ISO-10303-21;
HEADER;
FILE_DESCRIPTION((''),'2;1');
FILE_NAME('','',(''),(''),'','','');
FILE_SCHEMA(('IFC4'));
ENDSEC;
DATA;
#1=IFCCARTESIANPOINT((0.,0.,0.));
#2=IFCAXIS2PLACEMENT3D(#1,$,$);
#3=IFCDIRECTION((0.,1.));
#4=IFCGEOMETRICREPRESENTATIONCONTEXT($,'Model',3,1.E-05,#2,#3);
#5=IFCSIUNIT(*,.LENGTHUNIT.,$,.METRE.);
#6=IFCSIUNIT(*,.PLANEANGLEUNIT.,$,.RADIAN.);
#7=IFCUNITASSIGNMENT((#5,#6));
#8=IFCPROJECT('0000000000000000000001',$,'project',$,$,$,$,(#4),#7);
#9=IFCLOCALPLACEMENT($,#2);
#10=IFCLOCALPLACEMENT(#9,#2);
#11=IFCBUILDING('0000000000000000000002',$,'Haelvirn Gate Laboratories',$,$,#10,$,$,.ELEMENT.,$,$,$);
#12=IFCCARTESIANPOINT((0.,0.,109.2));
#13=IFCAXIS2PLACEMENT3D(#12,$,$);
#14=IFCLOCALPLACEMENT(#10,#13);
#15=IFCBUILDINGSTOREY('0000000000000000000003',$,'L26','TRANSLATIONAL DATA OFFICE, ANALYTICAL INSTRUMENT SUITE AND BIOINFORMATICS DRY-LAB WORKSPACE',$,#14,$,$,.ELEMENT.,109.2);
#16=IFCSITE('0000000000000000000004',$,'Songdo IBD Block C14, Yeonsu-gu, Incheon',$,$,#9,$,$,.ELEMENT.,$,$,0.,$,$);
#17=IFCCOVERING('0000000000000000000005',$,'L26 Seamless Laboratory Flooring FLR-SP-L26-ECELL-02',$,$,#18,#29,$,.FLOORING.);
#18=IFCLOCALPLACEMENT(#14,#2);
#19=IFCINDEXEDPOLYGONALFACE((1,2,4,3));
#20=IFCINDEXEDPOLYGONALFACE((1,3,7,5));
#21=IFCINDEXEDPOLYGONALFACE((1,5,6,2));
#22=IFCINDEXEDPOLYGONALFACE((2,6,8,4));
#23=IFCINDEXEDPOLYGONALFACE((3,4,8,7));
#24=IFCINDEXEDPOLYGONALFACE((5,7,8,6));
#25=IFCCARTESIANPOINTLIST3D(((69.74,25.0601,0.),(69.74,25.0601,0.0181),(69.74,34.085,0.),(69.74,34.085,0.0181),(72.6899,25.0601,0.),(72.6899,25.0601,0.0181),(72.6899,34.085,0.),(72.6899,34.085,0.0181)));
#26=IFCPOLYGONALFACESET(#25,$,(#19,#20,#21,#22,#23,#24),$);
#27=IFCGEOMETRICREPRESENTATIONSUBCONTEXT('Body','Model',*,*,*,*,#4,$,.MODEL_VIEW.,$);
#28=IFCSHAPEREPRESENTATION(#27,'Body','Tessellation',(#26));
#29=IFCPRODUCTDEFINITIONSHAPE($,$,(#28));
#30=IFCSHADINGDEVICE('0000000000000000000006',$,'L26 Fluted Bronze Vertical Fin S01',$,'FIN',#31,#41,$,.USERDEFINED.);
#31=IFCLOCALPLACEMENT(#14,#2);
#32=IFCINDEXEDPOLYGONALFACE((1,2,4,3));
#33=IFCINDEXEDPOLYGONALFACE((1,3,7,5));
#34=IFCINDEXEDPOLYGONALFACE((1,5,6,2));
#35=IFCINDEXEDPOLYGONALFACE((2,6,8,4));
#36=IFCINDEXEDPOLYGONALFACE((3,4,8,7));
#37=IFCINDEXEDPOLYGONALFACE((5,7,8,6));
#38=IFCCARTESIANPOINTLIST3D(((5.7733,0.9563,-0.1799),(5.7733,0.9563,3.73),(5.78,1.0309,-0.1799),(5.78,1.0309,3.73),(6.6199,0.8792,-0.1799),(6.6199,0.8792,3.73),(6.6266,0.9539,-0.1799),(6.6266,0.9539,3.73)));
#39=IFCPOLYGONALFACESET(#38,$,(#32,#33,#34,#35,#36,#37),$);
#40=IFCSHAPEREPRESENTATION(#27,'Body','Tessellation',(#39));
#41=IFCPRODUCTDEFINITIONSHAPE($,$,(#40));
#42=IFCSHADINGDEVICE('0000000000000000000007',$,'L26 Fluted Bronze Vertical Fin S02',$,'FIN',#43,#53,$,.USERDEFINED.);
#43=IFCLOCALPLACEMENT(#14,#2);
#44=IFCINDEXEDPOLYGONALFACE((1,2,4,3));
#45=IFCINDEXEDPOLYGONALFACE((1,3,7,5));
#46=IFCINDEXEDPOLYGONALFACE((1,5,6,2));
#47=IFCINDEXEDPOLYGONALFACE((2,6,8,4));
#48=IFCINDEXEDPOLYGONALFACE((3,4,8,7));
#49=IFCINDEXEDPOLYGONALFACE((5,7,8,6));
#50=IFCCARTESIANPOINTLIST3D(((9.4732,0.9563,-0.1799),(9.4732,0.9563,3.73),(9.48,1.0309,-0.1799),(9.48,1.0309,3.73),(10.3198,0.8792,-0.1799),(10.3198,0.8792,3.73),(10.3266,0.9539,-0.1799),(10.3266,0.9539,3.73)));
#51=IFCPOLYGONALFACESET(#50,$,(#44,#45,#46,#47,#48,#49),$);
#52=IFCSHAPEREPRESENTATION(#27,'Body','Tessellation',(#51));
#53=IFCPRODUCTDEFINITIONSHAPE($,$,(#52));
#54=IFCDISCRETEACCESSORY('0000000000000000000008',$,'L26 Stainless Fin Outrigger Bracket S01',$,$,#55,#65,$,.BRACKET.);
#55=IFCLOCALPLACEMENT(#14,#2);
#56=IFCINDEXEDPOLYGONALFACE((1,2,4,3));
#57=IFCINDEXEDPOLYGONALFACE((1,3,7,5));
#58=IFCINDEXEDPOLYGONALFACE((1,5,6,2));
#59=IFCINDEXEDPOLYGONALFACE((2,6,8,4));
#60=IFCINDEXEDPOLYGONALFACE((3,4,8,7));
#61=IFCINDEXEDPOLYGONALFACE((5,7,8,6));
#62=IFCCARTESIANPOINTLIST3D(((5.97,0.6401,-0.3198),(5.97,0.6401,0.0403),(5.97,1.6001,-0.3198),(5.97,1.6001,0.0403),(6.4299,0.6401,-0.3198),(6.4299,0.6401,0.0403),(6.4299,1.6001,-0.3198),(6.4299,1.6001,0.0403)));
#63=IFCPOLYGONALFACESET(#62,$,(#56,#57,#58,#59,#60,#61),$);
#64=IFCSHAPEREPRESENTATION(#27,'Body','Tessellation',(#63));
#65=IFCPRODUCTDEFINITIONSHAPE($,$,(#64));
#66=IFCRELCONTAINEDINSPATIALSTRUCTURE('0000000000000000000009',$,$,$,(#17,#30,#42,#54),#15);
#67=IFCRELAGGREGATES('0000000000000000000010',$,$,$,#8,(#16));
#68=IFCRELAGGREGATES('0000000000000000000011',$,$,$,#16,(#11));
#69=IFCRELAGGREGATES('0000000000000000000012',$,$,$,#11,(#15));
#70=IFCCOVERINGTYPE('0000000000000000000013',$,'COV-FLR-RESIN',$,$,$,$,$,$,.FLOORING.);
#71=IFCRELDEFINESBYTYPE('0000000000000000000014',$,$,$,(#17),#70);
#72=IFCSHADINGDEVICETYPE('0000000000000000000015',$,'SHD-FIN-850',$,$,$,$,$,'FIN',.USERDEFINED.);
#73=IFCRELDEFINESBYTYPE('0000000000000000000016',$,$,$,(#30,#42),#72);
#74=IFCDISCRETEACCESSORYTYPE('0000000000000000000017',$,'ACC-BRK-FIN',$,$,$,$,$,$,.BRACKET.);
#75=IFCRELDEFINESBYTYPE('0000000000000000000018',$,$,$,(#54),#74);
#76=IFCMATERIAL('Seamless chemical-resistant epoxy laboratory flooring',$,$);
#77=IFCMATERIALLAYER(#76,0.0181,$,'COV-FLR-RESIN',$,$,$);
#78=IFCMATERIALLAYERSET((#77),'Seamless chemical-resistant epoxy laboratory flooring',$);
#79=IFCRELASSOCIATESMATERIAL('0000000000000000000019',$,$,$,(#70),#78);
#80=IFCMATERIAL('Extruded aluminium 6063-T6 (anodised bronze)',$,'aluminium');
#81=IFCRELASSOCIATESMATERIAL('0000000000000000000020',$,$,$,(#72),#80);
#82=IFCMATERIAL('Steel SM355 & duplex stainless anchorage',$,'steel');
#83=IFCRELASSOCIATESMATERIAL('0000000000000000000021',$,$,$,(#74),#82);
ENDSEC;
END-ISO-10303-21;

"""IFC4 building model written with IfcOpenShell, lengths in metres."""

from ifc_helpers import new_model, si_unit, direction, frame, origin, origin_2d, place, context, subcontext, project, spatial, polyline, rectangle, outline, extrude, source, transform, mapped, material, layer, layer_set, material_profile, profile_set, type_object, type_shapes, element, save


model = new_model("IFC4")

# Units and contexts
model_context = context("Model", 3, precision=1e-05, world=origin(), true_north=direction((0.0, 1.0)))
body_context = subcontext(model_context, "Body", "Model", "MODEL_VIEW")
ifc_project = project(units=[si_unit("LENGTHUNIT", "METRE"), si_unit("PLANEANGLEUNIT", "RADIAN")], contexts=[model_context])

# Site, building, storey
site_placement = place(None, origin())
site = spatial("IfcSite", under=ifc_project, at=site_placement, Name="Songdo IBD Block C14, Yeonsu-gu, Incheon", CompositionType="ELEMENT", RefElevation=0.0)
building_placement = place(site_placement, origin())
building = spatial("IfcBuilding", under=site, at=building_placement, Name="Haelvirn Gate Laboratories", CompositionType="ELEMENT")
storey_placement = place(building_placement, frame((0.0, 0.0, 109.2)))
storey = spatial("IfcBuildingStorey", under=building, at=storey_placement, Name="L26", Description="TRANSLATIONAL DATA OFFICE, ANALYTICAL INSTRUMENT SUITE AND BIOINFORMATICS DRY-LAB WORKSPACE", CompositionType="ELEMENT", Elevation=109.2)

# Shared definitions
ifc_material_1 = material(Name="Extruded aluminium 6063-T6 (anodised bronze)", Category="aluminium")

# Covering
ifc_material_2 = material(Name="Seamless chemical-resistant epoxy laboratory flooring")
ifc_layer_1 = layer(ifc_material_2, 0.0181, Name="COV-FLR-RESIN")
ifc_layer_set_1 = layer_set([ifc_layer_1], Name="Seamless chemical-resistant epoxy laboratory flooring")
covering_type = type_object("IfcCoveringType", Name="COV-FLR-RESIN", PredefinedType="FLOORING", material=ifc_layer_set_1)
covering_1_placement = place(storey_placement, origin())
element("IfcCovering", 1, at=covering_1_placement, inside=storey, type_object=covering_type, Name="L26 Seamless Laboratory Flooring FLR-SP-L26-ECELL-02", PredefinedType="FLOORING", context=body_context, shape_type="SweptSolid", body=[
    extrude(outline(polyline([(69.74, 34.085), (72.6899, 34.085), (72.6899, 25.0601), (69.74, 25.0601), (69.74, 34.085)])), origin(), (0.0, 0.0, 1.0), 0.0181),
])

# Shading devices
ifc_material_profile_1 = material_profile(ifc_material_1, rectangle(XDim=0.075, YDim=0.8501, at=origin_2d()), Name="FIN-850x75")
ifc_profile_set_1 = profile_set([ifc_material_profile_1], Name="Extruded aluminium 6063-T6 (anodised bronze)")
shading_device_type = type_object("IfcShadingDeviceType", Name="SHD-FIN-850", ElementType="FIN", PredefinedType="USERDEFINED", material=ifc_profile_set_1)
shared_shape_1 = source(origin(), body_context, "Body", "SweptSolid", [
    extrude(rectangle(XDim=0.075, YDim=0.8501, at=origin_2d()), origin(), (0.0, 0.0, 1.0), 3.9099),
])
type_shapes(shading_device_type, [shared_shape_1])
for number, where, z_axis, x_axis, name in (
    (2, (6.2, 0.9551, -0.1799), (0.0, 0.0, 1.0), (0.090633, 0.995884, 0.0), "L26 Fluted Bronze Vertical Fin S01"),
    (3, (9.8999, 0.9551, -0.1799), (0.0, 0.0, 1.0), (0.090633, 0.995884, 0.0), "L26 Fluted Bronze Vertical Fin S02"),
):
    element("IfcShadingDevice", number, at=place(storey_placement, frame(where, z_axis=z_axis, x_axis=x_axis)), inside=storey, type_object=shading_device_type, Name=name, ObjectType="FIN", PredefinedType="USERDEFINED", context=body_context, shape_type="MappedRepresentation", body=[
        mapped(shared_shape_1, transform((0.0, 0.0, 0.0), scale=1.0)),
    ])

# Discrete accessory
ifc_material_3 = material(Name="Steel SM355 & duplex stainless anchorage", Category="steel")
discrete_accessory_type = type_object("IfcDiscreteAccessoryType", Name="ACC-BRK-FIN", PredefinedType="BRACKET", material=ifc_material_3)
shared_shape_2 = source(origin(), body_context, "Body", "SweptSolid", [
    extrude(rectangle(XDim=0.46, YDim=0.96, at=origin_2d()), origin(), (0.0, 0.0, 1.0), 0.3601),
])
type_shapes(discrete_accessory_type, [shared_shape_2])
discrete_accessory_placement = place(storey_placement, frame((6.2, 1.1201, -0.3198), z_axis=(0.0, 0.0, 1.0), x_axis=(1.0, 0.0, 0.0)))
element("IfcDiscreteAccessory", 4, at=discrete_accessory_placement, inside=storey, type_object=discrete_accessory_type, Name="L26 Stainless Fin Outrigger Bracket S01", PredefinedType="BRACKET", context=body_context, shape_type="MappedRepresentation", body=[
    mapped(shared_shape_2, transform((0.0, 0.0, 0.0), scale=1.0)),
])

save(model, "model.ifc")
